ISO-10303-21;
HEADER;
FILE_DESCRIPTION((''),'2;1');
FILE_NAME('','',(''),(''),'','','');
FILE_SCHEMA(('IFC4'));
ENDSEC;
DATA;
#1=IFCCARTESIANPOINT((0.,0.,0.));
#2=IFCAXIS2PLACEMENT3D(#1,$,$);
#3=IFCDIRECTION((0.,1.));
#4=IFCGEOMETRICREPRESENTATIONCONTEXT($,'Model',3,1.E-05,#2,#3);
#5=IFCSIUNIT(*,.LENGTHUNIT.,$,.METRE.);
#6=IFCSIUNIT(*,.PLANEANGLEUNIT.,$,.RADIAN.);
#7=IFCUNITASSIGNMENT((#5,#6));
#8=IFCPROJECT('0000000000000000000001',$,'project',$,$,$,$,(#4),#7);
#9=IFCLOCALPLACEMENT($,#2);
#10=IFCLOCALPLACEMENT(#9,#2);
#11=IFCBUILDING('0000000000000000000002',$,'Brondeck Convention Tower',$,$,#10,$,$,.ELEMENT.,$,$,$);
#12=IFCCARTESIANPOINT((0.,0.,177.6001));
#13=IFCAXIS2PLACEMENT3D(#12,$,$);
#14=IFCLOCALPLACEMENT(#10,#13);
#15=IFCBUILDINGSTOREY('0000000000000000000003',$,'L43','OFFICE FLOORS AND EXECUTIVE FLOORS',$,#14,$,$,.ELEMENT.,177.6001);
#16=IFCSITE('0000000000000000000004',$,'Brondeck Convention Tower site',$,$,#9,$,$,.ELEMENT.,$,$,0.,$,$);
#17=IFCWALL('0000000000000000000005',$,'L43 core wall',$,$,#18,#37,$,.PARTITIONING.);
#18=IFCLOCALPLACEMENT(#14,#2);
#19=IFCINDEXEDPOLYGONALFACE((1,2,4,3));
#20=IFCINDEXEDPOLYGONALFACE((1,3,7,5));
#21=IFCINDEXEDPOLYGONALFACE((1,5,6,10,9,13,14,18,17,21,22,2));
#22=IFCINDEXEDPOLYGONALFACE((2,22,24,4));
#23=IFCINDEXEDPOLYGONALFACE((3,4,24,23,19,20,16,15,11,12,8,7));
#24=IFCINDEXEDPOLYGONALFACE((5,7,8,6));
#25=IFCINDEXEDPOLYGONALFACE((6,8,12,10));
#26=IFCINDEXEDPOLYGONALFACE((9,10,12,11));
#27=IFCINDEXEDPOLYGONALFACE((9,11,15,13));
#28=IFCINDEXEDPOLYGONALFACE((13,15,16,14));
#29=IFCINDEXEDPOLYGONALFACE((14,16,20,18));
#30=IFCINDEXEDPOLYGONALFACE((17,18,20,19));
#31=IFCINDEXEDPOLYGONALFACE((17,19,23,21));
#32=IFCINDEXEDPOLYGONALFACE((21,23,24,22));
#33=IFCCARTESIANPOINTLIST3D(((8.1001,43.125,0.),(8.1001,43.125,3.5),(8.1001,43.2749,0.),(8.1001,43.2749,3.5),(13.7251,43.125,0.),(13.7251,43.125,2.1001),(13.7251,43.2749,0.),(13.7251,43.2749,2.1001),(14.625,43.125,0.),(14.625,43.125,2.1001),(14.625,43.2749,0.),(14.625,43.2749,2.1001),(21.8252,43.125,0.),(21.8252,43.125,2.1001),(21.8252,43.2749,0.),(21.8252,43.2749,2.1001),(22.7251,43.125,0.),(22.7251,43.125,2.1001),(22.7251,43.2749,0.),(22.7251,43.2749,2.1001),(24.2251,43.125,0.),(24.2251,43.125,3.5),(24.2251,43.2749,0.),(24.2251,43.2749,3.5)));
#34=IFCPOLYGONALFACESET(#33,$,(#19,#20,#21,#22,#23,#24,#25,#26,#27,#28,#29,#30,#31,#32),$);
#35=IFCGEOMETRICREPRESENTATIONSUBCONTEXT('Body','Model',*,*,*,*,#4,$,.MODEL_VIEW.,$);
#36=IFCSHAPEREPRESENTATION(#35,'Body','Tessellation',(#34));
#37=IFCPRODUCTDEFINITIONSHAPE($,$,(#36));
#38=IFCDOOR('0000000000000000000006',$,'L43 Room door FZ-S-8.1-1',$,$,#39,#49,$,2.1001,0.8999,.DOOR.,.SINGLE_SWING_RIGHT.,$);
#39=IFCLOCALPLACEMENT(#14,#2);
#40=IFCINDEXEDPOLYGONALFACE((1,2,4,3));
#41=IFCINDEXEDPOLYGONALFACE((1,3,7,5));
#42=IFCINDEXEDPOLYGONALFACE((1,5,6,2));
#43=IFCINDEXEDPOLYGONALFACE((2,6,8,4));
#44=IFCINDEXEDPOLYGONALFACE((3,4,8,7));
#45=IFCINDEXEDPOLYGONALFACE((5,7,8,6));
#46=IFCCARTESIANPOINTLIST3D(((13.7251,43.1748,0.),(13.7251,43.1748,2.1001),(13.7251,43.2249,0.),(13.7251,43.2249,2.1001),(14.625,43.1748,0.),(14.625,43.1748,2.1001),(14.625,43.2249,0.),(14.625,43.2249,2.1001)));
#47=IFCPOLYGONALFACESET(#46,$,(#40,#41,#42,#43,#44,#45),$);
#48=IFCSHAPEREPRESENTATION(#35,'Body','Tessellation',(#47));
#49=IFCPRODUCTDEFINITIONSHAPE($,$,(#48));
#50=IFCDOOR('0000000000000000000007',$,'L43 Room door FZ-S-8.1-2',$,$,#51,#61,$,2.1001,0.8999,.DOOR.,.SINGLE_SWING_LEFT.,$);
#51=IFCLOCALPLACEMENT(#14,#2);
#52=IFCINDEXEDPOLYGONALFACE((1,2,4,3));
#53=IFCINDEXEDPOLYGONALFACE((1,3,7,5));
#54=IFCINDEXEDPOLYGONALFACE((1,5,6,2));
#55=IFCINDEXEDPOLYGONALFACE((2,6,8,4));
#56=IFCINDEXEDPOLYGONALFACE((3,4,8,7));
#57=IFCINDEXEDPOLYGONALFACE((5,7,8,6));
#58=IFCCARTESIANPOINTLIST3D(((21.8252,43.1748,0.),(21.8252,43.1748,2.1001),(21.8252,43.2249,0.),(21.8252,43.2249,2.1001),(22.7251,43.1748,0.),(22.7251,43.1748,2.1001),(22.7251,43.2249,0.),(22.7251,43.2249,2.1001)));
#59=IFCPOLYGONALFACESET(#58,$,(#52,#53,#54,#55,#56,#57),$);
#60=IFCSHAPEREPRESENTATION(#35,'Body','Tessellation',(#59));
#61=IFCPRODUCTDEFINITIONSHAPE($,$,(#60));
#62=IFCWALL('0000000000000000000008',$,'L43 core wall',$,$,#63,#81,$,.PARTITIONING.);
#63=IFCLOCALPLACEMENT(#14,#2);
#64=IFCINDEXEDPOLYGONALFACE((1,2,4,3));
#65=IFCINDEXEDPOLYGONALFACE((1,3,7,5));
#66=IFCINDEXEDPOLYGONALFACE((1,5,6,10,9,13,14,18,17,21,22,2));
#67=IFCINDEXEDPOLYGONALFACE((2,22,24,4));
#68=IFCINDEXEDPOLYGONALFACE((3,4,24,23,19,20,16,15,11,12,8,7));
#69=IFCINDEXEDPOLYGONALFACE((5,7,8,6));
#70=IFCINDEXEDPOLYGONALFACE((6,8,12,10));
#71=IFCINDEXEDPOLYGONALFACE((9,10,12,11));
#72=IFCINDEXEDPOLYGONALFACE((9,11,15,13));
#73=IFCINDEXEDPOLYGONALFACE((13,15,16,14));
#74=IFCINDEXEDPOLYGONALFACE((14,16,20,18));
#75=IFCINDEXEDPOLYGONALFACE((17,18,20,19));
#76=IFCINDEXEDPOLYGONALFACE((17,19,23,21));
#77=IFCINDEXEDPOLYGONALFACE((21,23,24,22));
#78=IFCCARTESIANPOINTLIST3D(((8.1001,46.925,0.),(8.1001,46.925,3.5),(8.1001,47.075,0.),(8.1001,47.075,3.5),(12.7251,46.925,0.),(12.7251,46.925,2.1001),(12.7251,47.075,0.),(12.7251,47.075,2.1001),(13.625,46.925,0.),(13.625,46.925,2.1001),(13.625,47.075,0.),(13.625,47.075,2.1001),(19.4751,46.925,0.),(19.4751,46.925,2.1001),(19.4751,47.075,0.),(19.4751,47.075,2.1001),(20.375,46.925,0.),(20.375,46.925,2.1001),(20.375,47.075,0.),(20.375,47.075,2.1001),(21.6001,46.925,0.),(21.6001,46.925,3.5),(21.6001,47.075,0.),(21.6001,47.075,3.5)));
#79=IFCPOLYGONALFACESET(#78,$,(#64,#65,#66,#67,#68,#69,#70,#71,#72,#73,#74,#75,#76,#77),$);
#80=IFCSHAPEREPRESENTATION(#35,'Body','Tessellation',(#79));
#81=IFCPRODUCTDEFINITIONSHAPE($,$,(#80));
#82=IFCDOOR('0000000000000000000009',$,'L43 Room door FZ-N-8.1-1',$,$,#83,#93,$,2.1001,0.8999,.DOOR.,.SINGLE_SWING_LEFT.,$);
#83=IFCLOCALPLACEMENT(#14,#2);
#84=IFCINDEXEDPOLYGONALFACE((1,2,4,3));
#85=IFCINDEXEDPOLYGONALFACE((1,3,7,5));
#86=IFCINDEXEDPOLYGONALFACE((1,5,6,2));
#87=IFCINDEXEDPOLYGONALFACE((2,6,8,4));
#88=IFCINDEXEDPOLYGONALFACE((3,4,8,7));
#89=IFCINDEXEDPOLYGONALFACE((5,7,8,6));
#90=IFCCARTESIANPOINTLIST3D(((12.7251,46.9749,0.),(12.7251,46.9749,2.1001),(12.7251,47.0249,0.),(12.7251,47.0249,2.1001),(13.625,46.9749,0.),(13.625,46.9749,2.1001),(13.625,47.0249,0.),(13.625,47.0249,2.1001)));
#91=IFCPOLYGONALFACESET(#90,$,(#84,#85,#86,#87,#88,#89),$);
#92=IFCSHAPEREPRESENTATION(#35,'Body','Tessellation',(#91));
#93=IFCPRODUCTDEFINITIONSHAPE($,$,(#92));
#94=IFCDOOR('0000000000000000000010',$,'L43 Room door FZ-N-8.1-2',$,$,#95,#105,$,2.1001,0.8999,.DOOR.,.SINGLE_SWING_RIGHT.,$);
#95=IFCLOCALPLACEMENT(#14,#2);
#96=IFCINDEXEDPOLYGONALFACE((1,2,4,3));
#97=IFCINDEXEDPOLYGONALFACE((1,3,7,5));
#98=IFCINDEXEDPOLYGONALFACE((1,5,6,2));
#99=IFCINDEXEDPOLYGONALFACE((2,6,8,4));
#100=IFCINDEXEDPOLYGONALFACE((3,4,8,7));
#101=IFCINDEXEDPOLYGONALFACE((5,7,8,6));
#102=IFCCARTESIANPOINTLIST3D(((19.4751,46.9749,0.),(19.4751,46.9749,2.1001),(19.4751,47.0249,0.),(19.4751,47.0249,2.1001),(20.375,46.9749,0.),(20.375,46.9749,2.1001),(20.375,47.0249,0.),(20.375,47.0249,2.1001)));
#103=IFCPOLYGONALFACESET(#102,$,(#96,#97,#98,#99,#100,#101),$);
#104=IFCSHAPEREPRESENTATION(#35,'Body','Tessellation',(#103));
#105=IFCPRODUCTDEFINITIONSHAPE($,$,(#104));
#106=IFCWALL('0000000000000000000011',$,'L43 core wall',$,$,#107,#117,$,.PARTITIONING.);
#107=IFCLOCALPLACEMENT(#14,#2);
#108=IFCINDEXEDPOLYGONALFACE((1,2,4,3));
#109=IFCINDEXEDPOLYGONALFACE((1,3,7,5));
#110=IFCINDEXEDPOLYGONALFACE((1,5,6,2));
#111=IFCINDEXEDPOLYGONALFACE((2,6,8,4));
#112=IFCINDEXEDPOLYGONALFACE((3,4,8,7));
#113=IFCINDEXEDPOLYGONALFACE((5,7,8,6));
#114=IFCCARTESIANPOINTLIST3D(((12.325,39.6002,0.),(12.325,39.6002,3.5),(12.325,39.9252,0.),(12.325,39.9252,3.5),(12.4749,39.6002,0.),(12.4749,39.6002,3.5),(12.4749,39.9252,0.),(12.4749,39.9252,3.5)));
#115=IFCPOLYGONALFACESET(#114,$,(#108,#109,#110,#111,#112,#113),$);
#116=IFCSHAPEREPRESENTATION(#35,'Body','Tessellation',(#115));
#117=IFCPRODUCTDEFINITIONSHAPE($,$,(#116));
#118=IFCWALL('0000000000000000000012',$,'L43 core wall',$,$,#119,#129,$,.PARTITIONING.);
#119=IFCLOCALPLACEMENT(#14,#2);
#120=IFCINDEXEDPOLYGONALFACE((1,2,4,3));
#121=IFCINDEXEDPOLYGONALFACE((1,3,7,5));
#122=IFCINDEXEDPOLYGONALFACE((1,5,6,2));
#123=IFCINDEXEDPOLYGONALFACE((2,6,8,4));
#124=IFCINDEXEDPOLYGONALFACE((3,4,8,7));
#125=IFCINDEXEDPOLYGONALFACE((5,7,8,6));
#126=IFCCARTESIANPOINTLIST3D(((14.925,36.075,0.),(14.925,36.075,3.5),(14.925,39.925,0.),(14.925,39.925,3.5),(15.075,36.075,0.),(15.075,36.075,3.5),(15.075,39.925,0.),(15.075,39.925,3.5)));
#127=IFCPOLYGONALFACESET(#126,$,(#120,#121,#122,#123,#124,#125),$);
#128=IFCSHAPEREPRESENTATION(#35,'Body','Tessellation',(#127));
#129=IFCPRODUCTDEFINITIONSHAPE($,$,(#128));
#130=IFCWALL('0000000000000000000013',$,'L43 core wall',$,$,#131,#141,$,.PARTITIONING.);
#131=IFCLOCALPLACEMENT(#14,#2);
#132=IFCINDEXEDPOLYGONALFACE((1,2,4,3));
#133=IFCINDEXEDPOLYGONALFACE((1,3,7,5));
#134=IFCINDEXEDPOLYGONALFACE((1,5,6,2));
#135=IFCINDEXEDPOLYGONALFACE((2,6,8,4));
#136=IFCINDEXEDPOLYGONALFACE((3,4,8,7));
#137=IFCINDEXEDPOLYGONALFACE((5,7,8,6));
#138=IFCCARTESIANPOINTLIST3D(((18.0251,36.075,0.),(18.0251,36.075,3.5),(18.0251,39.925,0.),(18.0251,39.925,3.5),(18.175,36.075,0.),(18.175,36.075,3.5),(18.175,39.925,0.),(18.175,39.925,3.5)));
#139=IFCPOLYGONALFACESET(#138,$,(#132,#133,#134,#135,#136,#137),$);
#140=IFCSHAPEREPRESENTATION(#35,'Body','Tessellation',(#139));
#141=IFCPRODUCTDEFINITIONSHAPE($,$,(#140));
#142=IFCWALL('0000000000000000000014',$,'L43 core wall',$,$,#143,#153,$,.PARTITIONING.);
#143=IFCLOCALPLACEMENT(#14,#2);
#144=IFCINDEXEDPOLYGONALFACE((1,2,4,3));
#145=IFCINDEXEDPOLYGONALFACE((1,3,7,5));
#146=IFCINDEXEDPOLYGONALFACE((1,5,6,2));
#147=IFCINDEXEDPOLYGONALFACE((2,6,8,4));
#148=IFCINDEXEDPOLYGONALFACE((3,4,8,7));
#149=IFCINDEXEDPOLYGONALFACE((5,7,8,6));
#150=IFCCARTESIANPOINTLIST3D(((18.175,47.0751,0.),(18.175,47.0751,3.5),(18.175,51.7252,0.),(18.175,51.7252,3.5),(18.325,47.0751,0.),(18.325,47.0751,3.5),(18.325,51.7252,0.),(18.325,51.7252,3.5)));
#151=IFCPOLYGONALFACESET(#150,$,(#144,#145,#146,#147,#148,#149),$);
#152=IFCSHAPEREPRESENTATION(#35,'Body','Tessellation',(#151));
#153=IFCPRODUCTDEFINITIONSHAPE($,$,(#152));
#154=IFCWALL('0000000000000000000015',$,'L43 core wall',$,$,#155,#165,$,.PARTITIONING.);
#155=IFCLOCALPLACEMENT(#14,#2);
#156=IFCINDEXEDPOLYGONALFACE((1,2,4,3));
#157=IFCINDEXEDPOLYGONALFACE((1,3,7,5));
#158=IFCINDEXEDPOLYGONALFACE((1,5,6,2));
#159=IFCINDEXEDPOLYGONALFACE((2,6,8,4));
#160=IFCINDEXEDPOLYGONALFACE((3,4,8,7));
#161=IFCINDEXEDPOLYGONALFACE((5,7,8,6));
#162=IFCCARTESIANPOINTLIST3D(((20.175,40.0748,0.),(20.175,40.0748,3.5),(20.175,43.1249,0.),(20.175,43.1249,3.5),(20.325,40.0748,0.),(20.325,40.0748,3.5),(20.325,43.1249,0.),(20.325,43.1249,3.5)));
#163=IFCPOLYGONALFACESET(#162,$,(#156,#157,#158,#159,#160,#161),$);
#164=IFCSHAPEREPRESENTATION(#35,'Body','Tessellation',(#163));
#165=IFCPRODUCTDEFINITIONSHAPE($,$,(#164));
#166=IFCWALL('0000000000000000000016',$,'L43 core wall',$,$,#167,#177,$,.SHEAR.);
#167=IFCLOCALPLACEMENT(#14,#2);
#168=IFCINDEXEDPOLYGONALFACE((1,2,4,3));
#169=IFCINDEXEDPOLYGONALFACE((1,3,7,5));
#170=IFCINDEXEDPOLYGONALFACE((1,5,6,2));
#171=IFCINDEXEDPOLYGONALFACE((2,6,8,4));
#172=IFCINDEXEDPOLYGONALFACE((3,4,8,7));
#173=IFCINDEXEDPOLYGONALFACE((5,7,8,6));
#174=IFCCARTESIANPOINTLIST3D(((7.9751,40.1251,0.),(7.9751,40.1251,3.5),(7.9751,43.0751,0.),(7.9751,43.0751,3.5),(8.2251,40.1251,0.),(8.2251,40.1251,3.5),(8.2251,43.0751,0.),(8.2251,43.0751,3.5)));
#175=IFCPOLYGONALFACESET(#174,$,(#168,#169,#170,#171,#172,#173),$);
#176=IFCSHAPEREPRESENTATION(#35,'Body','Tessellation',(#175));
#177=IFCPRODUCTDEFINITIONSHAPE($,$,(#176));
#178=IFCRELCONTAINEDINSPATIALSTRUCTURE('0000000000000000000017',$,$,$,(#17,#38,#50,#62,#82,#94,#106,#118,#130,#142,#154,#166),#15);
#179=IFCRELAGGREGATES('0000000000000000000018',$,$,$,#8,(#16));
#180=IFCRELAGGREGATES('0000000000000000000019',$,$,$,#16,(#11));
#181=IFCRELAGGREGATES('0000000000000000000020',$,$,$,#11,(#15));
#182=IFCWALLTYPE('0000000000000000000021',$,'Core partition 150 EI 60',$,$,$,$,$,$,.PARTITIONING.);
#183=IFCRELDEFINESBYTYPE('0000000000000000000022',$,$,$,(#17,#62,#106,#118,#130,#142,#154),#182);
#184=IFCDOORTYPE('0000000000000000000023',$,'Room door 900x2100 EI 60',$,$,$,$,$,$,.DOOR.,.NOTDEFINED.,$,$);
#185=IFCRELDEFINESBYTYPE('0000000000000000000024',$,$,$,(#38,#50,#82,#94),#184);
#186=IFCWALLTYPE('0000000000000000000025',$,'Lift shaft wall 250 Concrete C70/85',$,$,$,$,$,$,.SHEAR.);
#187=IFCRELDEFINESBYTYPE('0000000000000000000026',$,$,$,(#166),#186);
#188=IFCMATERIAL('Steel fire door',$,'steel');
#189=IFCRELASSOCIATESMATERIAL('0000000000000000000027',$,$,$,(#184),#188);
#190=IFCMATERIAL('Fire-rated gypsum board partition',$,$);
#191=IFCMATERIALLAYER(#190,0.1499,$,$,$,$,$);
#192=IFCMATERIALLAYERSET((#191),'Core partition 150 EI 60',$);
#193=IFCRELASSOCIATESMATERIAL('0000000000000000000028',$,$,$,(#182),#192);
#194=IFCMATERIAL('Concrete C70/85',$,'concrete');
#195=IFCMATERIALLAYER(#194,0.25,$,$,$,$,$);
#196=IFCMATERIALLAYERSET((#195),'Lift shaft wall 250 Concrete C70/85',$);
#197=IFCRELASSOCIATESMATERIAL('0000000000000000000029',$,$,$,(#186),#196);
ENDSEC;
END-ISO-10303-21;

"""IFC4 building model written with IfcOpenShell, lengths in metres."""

from ifc_helpers import new_model, si_unit, direction, frame, frame_2d, origin, place, context, subcontext, project, spatial, rectangle, extrude, material, layer, layer_set, type_object, element, fill, save


model = new_model("IFC4")

# Units and contexts
model_context = context("Model", 3, precision=1e-05, world=origin(), true_north=direction((0.0, 1.0)))
body_context = subcontext(model_context, "Body", "Model", "MODEL_VIEW")
ifc_project = project(units=[si_unit("LENGTHUNIT", "METRE"), si_unit("PLANEANGLEUNIT", "RADIAN")], contexts=[model_context])

# Site, building, storey
site_placement = place(None, origin())
site = spatial("IfcSite", under=ifc_project, at=site_placement, Name="Brondeck Convention Tower site", CompositionType="ELEMENT", RefElevation=0.0)
building_placement = place(site_placement, origin())
building = spatial("IfcBuilding", under=site, at=building_placement, Name="Brondeck Convention Tower", CompositionType="ELEMENT")
storey_placement = place(building_placement, frame((0.0, 0.0, 177.6001)))
storey = spatial("IfcBuildingStorey", under=building, at=storey_placement, Name="L43", Description="OFFICE FLOORS AND EXECUTIVE FLOORS", CompositionType="ELEMENT", Elevation=177.6001)

# Shared definitions
ifc_material_1 = material(Name="Concrete C70/85", Category="concrete")
ifc_material_2 = material(Name="Steel fire door", Category="steel")
door_type_1 = type_object("IfcDoorType", Name="Room door 900x2100 EI 60", OperationType="NOTDEFINED", PredefinedType="DOOR", material=ifc_material_2)

# Shared definitions
ifc_material_3 = material(Name="Fire-rated gypsum board partition")
ifc_layer_1 = layer(ifc_material_3, 0.1499)
ifc_layer_set_1 = layer_set([ifc_layer_1], Name="Core partition 150 EI 60")
wall_type_1 = type_object("IfcWallType", Name="Core partition 150 EI 60", PredefinedType="PARTITIONING", material=ifc_layer_set_1)

# Walls, openings, doors
wall_1_placement = place(storey_placement, frame((8.1001, 43.2, 0.0), z_axis=(0.0, 0.0, 1.0), x_axis=(1.0, 0.0, 0.0)))
wall_1 = element("IfcWall", 1, at=wall_1_placement, inside=storey, type_object=wall_type_1, Name="L43 core wall", PredefinedType="PARTITIONING", context=body_context, shape_type="SweptSolid", body=[
    extrude(rectangle(XDim=16.125, YDim=0.1499, at=frame_2d((8.0625, 0.0))), origin(), (0.0, 0.0, 1.0), 3.5),
])
opening_1_placement = place(wall_1_placement, frame((5.625, 0.0, 0.0)))
opening_1 = element("IfcOpeningElement", 2, at=opening_1_placement, cuts=wall_1, PredefinedType="OPENING", context=body_context, shape_type="SweptSolid", body=[
    extrude(rectangle(XDim=0.8999, YDim=2.1001, at=frame_2d((0.45, 1.05))), frame((0.0, 0.085, 0.0), z_axis=(0.0, -1.0, 0.0), x_axis=(1.0, 0.0, 0.0)), (0.0, 0.0, 1.0), 0.1699),
])
opening_2_placement = place(wall_1_placement, frame((13.7251, 0.0, 0.0)))
opening_2 = element("IfcOpeningElement", 3, at=opening_2_placement, cuts=wall_1, PredefinedType="OPENING", context=body_context, shape_type="SweptSolid", body=[
    extrude(rectangle(XDim=0.8999, YDim=2.1001, at=frame_2d((0.45, 1.05))), frame((0.0, 0.085, 0.0), z_axis=(0.0, -1.0, 0.0), x_axis=(1.0, 0.0, 0.0)), (0.0, 0.0, 1.0), 0.1699),
])
door_1_placement = place(opening_1_placement, origin())
door_1 = element("IfcDoor", 4, at=door_1_placement, inside=storey, type_object=door_type_1, Name="L43 Room door FZ-S-8.1-1", OperationType="SINGLE_SWING_RIGHT", OverallHeight=2.1001, OverallWidth=0.8999, PredefinedType="DOOR", context=body_context, shape_type="SweptSolid", body=[
    extrude(rectangle(XDim=0.8999, YDim=2.1001, at=frame_2d((0.45, 1.05))), frame((0.0, 0.0249, 0.0), z_axis=(0.0, -1.0, 0.0), x_axis=(1.0, 0.0, 0.0)), (0.0, 0.0, 1.0), 0.05),
])
fill(opening_1, door_1)
door_2_placement = place(opening_2_placement, origin())
door_2 = element("IfcDoor", 5, at=door_2_placement, inside=storey, type_object=door_type_1, Name="L43 Room door FZ-S-8.1-2", OperationType="SINGLE_SWING_LEFT", OverallHeight=2.1001, OverallWidth=0.8999, PredefinedType="DOOR", context=body_context, shape_type="SweptSolid", body=[
    extrude(rectangle(XDim=0.8999, YDim=2.1001, at=frame_2d((0.45, 1.05))), frame((0.0, 0.0249, 0.0), z_axis=(0.0, -1.0, 0.0), x_axis=(1.0, 0.0, 0.0)), (0.0, 0.0, 1.0), 0.05),
])
fill(opening_2, door_2)
wall_2_placement = place(storey_placement, frame((8.1001, 47.0, 0.0), z_axis=(0.0, 0.0, 1.0), x_axis=(1.0, 0.0, 0.0)))
wall_2 = element("IfcWall", 6, at=wall_2_placement, inside=storey, type_object=wall_type_1, Name="L43 core wall", PredefinedType="PARTITIONING", context=body_context, shape_type="SweptSolid", body=[
    extrude(rectangle(XDim=13.5, YDim=0.1499, at=frame_2d((6.75, 0.0))), origin(), (0.0, 0.0, 1.0), 3.5),
])
opening_3_placement = place(wall_2_placement, frame((4.625, 0.0, 0.0)))
opening_3 = element("IfcOpeningElement", 7, at=opening_3_placement, cuts=wall_2, PredefinedType="OPENING", context=body_context, shape_type="SweptSolid", body=[
    extrude(rectangle(XDim=0.8999, YDim=2.1001, at=frame_2d((0.45, 1.05))), frame((0.0, 0.085, 0.0), z_axis=(0.0, -1.0, 0.0), x_axis=(1.0, 0.0, 0.0)), (0.0, 0.0, 1.0), 0.1699),
])
opening_4_placement = place(wall_2_placement, frame((11.375, 0.0, 0.0)))
opening_4 = element("IfcOpeningElement", 8, at=opening_4_placement, cuts=wall_2, PredefinedType="OPENING", context=body_context, shape_type="SweptSolid", body=[
    extrude(rectangle(XDim=0.8999, YDim=2.1001, at=frame_2d((0.45, 1.05))), frame((0.0, 0.085, 0.0), z_axis=(0.0, -1.0, 0.0), x_axis=(1.0, 0.0, 0.0)), (0.0, 0.0, 1.0), 0.1699),
])
door_3_placement = place(opening_3_placement, origin())
door_3 = element("IfcDoor", 9, at=door_3_placement, inside=storey, type_object=door_type_1, Name="L43 Room door FZ-N-8.1-1", OperationType="SINGLE_SWING_LEFT", OverallHeight=2.1001, OverallWidth=0.8999, PredefinedType="DOOR", context=body_context, shape_type="SweptSolid", body=[
    extrude(rectangle(XDim=0.8999, YDim=2.1001, at=frame_2d((0.45, 1.05))), frame((0.0, 0.0249, 0.0), z_axis=(0.0, -1.0, 0.0), x_axis=(1.0, 0.0, 0.0)), (0.0, 0.0, 1.0), 0.05),
])
fill(opening_3, door_3)
door_4_placement = place(opening_4_placement, origin())
door_4 = element("IfcDoor", 10, at=door_4_placement, inside=storey, type_object=door_type_1, Name="L43 Room door FZ-N-8.1-2", OperationType="SINGLE_SWING_RIGHT", OverallHeight=2.1001, OverallWidth=0.8999, PredefinedType="DOOR", context=body_context, shape_type="SweptSolid", body=[
    extrude(rectangle(XDim=0.8999, YDim=2.1001, at=frame_2d((0.45, 1.05))), frame((0.0, 0.0249, 0.0), z_axis=(0.0, -1.0, 0.0), x_axis=(1.0, 0.0, 0.0)), (0.0, 0.0, 1.0), 0.05),
])
fill(opening_4, door_4)

# Walls
wall_3_placement = place(storey_placement, frame((12.3999, 39.6001, 0.0), z_axis=(0.0, 0.0, 1.0), x_axis=(0.0, 1.0, 0.0)))
element("IfcWall", 11, at=wall_3_placement, inside=storey, type_object=wall_type_1, Name="L43 core wall", PredefinedType="PARTITIONING", context=body_context, shape_type="SweptSolid", body=[
    extrude(rectangle(XDim=0.325, YDim=0.1499, at=frame_2d((0.1626, 0.0))), origin(), (0.0, 0.0, 1.0), 3.5),
])
for number, where, z_axis, x_axis, name in (
    (12, (15.0, 36.075, 0.0), (0.0, 0.0, 1.0), (0.0, 1.0, 0.0), "L43 core wall"),
    (13, (18.1001, 36.075, 0.0), (0.0, 0.0, 1.0), (0.0, 1.0, 0.0), "L43 core wall"),
):
    element("IfcWall", number, at=place(storey_placement, frame(where, z_axis=z_axis, x_axis=x_axis)), inside=storey, type_object=wall_type_1, Name=name, PredefinedType="PARTITIONING", context=body_context, shape_type="SweptSolid", body=[
        extrude(rectangle(XDim=3.8501, YDim=0.1499, at=frame_2d((1.925, 0.0))), origin(), (0.0, 0.0, 1.0), 3.5),
    ])
wall_4_placement = place(storey_placement, frame((18.25, 47.075, 0.0), z_axis=(0.0, 0.0, 1.0), x_axis=(0.0, 1.0, 0.0)))
element("IfcWall", 14, at=wall_4_placement, inside=storey, type_object=wall_type_1, Name="L43 core wall", PredefinedType="PARTITIONING", context=body_context, shape_type="SweptSolid", body=[
    extrude(rectangle(XDim=4.6501, YDim=0.1499, at=frame_2d((2.3252, 0.0))), origin(), (0.0, 0.0, 1.0), 3.5),
])
wall_5_placement = place(storey_placement, frame((20.25, 40.075, 0.0), z_axis=(0.0, 0.0, 1.0), x_axis=(0.0, 1.0, 0.0)))
element("IfcWall", 15, at=wall_5_placement, inside=storey, type_object=wall_type_1, Name="L43 core wall", PredefinedType="PARTITIONING", context=body_context, shape_type="SweptSolid", body=[
    extrude(rectangle(XDim=3.05, YDim=0.1499, at=frame_2d((1.5249, 0.0))), origin(), (0.0, 0.0, 1.0), 3.5),
])
ifc_layer_2 = layer(ifc_material_1, 0.25)
ifc_layer_set_2 = layer_set([ifc_layer_2], Name="Lift shaft wall 250 Concrete C70/85")
wall_type_2 = type_object("IfcWallType", Name="Lift shaft wall 250 Concrete C70/85", PredefinedType="SHEAR", material=ifc_layer_set_2)
wall_6_placement = place(storey_placement, frame((8.1001, 40.125, 0.0), z_axis=(0.0, 0.0, 1.0), x_axis=(0.0, 1.0, 0.0)))
element("IfcWall", 16, at=wall_6_placement, inside=storey, type_object=wall_type_2, Name="L43 core wall", PredefinedType="SHEAR", context=body_context, shape_type="SweptSolid", body=[
    extrude(rectangle(XDim=2.95, YDim=0.25, at=frame_2d((1.4751, 0.0))), origin(), (0.0, 0.0, 1.0), 3.5),
])

save(model, "model.ifc")
